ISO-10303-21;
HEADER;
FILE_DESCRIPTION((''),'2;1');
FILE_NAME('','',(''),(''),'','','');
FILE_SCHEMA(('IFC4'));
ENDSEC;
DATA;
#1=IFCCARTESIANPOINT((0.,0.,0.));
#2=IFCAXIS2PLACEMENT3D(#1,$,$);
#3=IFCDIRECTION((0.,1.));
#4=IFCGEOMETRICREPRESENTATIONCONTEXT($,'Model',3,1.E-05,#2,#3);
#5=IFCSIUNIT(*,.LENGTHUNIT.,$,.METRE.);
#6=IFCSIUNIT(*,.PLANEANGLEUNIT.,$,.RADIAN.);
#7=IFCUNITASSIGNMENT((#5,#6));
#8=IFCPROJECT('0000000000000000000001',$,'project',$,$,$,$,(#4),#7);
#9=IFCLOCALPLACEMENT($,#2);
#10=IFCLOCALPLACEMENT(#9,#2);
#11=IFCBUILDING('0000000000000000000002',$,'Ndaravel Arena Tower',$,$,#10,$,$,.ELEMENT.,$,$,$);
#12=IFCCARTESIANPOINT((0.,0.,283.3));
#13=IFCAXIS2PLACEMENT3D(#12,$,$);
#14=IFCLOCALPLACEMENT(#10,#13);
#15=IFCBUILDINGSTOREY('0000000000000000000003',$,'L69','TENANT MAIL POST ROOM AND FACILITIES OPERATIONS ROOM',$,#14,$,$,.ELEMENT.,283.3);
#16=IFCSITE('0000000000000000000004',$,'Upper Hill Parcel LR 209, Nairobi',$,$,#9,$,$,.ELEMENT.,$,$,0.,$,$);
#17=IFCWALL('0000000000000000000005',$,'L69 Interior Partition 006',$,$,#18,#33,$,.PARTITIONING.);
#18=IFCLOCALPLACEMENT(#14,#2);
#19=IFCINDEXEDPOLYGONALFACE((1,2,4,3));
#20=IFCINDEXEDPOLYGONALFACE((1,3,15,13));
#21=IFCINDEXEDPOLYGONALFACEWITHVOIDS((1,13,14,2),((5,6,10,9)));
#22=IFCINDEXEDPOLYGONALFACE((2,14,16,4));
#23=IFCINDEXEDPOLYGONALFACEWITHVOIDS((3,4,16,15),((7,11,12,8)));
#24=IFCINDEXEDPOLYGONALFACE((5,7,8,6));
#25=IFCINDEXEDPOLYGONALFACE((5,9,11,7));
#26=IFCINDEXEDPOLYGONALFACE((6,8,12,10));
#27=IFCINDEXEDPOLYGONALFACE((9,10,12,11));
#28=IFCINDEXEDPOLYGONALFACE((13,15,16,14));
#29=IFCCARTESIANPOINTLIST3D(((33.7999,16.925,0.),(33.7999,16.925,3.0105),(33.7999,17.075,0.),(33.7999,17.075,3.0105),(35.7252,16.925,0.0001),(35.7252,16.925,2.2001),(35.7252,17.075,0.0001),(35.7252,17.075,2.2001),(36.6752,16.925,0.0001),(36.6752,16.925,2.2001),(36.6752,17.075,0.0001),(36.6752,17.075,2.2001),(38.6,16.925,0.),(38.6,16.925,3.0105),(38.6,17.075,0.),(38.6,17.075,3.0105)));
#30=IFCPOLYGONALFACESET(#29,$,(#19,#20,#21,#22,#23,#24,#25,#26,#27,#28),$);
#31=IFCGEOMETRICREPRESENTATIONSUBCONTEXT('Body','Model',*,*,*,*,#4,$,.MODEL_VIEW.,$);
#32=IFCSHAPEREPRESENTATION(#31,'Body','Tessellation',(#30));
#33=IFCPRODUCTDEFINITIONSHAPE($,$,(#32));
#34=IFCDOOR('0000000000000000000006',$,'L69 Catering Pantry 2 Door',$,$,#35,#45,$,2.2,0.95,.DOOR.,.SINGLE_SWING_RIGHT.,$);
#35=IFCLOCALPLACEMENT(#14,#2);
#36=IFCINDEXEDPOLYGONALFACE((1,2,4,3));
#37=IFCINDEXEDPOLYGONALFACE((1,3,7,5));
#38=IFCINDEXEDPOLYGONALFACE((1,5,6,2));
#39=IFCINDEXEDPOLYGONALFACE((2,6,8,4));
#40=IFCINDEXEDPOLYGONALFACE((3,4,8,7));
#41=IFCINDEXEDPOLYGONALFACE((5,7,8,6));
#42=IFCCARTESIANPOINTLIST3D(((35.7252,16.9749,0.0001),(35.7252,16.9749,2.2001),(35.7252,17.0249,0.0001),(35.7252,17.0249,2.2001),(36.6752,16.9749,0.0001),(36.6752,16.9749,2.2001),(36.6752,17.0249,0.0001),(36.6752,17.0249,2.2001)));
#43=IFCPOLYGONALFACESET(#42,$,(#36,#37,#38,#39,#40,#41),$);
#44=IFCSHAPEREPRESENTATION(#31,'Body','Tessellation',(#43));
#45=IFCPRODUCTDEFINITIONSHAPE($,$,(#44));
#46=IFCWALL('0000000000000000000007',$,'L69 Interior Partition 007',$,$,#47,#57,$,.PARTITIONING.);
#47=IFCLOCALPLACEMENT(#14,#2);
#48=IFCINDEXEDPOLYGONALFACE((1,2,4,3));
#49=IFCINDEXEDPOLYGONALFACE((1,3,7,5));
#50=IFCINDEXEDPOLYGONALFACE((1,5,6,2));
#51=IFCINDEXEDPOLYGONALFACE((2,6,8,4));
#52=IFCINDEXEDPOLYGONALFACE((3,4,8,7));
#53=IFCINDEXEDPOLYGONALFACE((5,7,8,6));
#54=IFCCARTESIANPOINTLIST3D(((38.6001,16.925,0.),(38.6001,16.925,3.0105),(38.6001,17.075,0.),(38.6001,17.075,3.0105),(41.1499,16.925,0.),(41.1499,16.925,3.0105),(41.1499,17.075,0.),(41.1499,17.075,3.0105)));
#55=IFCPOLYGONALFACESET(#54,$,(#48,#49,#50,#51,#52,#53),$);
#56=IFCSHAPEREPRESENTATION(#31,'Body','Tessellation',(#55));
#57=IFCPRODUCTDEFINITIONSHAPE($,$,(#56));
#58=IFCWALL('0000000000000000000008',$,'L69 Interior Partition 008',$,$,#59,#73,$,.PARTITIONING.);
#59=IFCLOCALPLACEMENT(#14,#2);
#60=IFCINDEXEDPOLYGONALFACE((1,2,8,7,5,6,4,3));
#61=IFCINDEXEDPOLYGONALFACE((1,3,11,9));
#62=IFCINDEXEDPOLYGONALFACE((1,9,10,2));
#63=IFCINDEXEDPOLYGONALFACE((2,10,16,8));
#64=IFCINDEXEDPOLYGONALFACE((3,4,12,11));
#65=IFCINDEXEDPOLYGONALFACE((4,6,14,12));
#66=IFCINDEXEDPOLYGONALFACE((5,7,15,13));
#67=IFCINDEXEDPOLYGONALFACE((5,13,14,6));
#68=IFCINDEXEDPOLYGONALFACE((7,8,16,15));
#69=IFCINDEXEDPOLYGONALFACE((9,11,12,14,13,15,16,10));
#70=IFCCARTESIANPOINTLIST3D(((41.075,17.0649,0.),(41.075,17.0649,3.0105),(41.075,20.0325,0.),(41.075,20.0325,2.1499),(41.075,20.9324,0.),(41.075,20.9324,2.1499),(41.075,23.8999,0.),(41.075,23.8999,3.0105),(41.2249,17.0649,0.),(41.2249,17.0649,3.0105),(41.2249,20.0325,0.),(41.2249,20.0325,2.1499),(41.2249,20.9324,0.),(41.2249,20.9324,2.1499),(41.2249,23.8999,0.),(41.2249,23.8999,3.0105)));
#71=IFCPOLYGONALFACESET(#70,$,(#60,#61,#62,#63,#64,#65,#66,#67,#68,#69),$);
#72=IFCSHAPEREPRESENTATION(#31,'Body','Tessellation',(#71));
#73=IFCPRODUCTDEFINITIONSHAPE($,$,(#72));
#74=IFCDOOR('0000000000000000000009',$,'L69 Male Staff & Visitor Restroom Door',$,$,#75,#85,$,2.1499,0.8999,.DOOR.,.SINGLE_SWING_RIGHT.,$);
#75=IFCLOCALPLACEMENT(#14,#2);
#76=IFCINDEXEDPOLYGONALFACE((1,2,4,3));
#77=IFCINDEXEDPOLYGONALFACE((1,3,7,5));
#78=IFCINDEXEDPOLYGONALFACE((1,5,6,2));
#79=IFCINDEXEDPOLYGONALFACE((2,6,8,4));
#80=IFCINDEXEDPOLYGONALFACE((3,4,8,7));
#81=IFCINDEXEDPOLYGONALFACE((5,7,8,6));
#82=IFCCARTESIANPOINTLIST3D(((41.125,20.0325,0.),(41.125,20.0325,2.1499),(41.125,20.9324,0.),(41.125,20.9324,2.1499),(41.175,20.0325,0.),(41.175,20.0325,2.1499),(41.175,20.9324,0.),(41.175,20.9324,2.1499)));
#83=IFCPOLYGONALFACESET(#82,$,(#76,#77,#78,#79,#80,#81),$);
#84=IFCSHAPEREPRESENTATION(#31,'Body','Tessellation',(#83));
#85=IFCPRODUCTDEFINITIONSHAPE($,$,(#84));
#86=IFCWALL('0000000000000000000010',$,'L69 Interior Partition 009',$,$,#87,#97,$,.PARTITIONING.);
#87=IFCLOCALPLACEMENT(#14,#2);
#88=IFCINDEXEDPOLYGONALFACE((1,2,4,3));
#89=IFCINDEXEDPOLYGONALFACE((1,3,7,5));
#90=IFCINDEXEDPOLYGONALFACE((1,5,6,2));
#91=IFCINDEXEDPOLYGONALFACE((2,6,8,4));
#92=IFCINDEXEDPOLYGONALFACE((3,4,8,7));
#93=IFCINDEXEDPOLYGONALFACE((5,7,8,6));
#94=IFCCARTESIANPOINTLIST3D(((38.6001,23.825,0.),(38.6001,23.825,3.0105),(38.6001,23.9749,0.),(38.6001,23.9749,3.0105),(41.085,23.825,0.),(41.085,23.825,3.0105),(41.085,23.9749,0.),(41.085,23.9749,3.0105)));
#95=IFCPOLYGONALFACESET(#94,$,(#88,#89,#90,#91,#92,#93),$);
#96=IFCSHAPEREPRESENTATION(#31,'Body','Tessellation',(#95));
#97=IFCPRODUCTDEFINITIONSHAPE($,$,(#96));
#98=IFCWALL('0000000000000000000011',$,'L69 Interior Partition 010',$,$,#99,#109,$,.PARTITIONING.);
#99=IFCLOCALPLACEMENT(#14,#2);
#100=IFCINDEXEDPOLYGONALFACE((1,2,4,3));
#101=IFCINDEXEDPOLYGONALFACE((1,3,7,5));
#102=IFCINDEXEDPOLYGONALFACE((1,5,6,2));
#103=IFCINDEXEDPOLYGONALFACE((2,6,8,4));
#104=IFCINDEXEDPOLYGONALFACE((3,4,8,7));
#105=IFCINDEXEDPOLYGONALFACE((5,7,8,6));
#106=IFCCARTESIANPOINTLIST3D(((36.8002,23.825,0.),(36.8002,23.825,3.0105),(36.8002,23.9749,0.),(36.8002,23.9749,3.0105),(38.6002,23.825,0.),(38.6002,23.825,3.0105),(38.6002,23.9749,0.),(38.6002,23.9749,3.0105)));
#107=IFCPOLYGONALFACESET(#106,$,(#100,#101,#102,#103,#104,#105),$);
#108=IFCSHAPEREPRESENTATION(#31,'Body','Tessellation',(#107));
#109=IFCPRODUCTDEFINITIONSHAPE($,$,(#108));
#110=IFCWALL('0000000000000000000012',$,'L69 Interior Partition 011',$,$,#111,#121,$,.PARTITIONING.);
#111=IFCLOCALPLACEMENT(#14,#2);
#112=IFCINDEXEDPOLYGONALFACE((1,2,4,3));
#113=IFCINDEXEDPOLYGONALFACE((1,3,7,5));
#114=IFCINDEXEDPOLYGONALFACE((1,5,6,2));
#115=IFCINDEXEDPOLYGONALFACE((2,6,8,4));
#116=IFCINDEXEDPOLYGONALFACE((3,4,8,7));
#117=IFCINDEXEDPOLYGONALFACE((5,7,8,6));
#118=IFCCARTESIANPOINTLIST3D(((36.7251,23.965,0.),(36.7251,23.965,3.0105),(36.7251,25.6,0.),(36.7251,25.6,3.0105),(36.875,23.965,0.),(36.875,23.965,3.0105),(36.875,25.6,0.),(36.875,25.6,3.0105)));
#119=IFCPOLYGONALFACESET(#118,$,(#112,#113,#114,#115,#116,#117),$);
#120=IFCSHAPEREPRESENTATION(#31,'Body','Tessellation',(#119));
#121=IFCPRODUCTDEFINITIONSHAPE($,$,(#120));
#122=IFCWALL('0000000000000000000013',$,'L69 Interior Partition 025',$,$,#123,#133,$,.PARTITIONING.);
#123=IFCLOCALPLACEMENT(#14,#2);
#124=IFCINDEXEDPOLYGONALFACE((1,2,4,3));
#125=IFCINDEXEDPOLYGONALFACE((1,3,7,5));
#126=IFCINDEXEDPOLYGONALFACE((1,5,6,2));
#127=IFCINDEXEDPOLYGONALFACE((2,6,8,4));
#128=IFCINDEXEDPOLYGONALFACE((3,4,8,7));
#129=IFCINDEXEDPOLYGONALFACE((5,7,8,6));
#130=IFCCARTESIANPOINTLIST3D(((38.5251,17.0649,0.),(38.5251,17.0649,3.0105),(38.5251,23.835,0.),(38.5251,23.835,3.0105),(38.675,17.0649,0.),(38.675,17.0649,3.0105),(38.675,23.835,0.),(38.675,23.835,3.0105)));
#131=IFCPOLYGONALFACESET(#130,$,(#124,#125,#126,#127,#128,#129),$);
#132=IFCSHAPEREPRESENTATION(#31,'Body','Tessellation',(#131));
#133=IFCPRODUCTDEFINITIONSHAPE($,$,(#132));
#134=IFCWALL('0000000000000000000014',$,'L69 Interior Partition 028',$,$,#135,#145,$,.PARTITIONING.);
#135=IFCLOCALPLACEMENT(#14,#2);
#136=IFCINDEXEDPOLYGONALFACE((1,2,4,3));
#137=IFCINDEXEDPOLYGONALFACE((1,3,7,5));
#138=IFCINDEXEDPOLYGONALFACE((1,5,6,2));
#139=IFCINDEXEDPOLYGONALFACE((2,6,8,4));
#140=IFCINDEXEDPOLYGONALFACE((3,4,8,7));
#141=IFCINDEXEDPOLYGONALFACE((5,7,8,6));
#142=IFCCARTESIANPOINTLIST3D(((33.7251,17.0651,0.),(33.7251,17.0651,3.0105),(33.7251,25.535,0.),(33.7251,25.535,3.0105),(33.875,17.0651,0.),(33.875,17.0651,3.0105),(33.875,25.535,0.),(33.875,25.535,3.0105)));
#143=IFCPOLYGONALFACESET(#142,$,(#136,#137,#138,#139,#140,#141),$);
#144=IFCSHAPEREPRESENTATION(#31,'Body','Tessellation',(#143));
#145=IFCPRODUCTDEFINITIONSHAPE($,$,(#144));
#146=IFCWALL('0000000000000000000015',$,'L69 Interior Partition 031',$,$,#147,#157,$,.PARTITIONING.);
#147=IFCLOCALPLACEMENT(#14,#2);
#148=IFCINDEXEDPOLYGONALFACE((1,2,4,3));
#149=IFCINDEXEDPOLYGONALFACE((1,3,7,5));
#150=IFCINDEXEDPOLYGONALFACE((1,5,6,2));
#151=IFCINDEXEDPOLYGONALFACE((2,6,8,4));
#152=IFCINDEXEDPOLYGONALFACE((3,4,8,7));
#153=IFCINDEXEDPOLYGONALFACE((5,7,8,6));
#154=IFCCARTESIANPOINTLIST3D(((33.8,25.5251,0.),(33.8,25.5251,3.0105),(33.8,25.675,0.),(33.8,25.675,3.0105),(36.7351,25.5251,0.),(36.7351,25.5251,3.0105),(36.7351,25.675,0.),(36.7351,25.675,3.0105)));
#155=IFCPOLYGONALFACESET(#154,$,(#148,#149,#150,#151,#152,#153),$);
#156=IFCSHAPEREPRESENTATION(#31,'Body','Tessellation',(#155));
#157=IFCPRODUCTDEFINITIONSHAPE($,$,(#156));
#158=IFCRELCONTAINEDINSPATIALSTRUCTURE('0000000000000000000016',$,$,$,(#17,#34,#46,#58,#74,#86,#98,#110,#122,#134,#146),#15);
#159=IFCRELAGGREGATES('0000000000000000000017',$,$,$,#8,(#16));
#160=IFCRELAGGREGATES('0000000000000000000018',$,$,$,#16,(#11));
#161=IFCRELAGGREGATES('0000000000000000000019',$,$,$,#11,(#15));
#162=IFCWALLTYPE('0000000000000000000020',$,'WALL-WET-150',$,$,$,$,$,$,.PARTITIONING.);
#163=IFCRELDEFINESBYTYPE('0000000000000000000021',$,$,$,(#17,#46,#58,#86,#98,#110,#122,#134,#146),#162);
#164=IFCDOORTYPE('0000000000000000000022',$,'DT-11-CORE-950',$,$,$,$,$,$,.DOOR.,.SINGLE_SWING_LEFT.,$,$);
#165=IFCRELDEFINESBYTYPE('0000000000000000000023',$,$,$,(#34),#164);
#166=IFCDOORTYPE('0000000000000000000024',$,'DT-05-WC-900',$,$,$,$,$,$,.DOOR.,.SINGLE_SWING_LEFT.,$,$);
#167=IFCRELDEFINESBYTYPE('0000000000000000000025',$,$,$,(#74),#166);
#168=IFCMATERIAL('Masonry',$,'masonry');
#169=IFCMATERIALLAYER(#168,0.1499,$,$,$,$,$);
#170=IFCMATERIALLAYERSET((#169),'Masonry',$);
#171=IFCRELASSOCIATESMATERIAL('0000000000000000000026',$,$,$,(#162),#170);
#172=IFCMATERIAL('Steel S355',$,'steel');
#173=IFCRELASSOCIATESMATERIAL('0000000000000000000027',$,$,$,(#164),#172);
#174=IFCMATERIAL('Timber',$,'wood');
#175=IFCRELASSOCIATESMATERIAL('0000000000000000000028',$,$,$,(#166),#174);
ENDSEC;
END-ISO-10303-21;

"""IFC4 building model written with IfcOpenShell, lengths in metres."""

from ifc_helpers import new_model, si_unit, direction, frame, frame_2d, origin, place, context, subcontext, project, spatial, rectangle, extrude, material, layer, layer_set, type_object, element, fill, save


model = new_model("IFC4")

# Units and contexts
model_context = context("Model", 3, precision=1e-05, world=origin(), true_north=direction((0.0, 1.0)))
body_context = subcontext(model_context, "Body", "Model", "MODEL_VIEW")
ifc_project = project(units=[si_unit("LENGTHUNIT", "METRE"), si_unit("PLANEANGLEUNIT", "RADIAN")], contexts=[model_context])

# Site, building, storey
site_placement = place(None, origin())
site = spatial("IfcSite", under=ifc_project, at=site_placement, Name="Upper Hill Parcel LR 209, Nairobi", CompositionType="ELEMENT", RefElevation=0.0)
building_placement = place(site_placement, origin())
building = spatial("IfcBuilding", under=site, at=building_placement, Name="Ndaravel Arena Tower", CompositionType="ELEMENT")
storey_placement = place(building_placement, frame((0.0, 0.0, 283.3)))
storey = spatial("IfcBuildingStorey", under=building, at=storey_placement, Name="L69", Description="TENANT MAIL POST ROOM AND FACILITIES OPERATIONS ROOM", CompositionType="ELEMENT", Elevation=283.3)

# Wall, opening, door
ifc_material_1 = material(Name="Masonry", Category="masonry")
ifc_layer_1 = layer(ifc_material_1, 0.1499)
ifc_layer_set_1 = layer_set([ifc_layer_1], Name="Masonry")
wall_type_1 = type_object("IfcWallType", Name="WALL-WET-150", PredefinedType="PARTITIONING", material=ifc_layer_set_1)
wall_1_placement = place(storey_placement, frame((33.8, 17.0, 0.0), z_axis=(0.0, 0.0, 1.0), x_axis=(1.0, 0.0, 0.0)))
wall_1 = element("IfcWall", 1, at=wall_1_placement, inside=storey, type_object=wall_type_1, Name="L69 Interior Partition 006", PredefinedType="PARTITIONING", context=body_context, shape_type="SweptSolid", body=[
    extrude(rectangle(XDim=4.8, YDim=0.1499, at=frame_2d((2.3999, 0.0))), origin(), (0.0, 0.0, 1.0), 3.0105),
])
opening_1_placement = place(wall_1_placement, frame((1.925, 0.0, 0.0)))
opening_1 = element("IfcOpeningElement", 2, at=opening_1_placement, cuts=wall_1, PredefinedType="OPENING", context=body_context, shape_type="SweptSolid", body=[
    extrude(rectangle(XDim=0.95, YDim=2.2, at=frame_2d((0.4751, 1.1001))), frame((0.0, 0.075, 0.0), z_axis=(0.0, -1.0, 0.0), x_axis=(1.0, 0.0, 0.0)), (0.0, 0.0, 1.0), 0.1499),
])
ifc_material_2 = material(Name="Steel S355", Category="steel")
door_type_1 = type_object("IfcDoorType", Name="DT-11-CORE-950", OperationType="SINGLE_SWING_LEFT", PredefinedType="DOOR", material=ifc_material_2)
door_1_placement = place(opening_1_placement, origin())
door_1 = element("IfcDoor", 3, at=door_1_placement, inside=storey, type_object=door_type_1, Name="L69 Catering Pantry 2 Door", OperationType="SINGLE_SWING_RIGHT", OverallHeight=2.2, OverallWidth=0.95, PredefinedType="DOOR", context=body_context, shape_type="SweptSolid", body=[
    extrude(rectangle(XDim=0.95, YDim=2.2, at=frame_2d((0.4751, 1.1001))), frame((0.0, 0.0249, 0.0), z_axis=(0.0, -1.0, 0.0), x_axis=(1.0, 0.0, 0.0)), (0.0, 0.0, 1.0), 0.05),
])
fill(opening_1, door_1)

# Wall
wall_2_placement = place(storey_placement, frame((38.6001, 17.0, 0.0), z_axis=(0.0, 0.0, 1.0), x_axis=(1.0, 0.0, 0.0)))
element("IfcWall", 4, at=wall_2_placement, inside=storey, type_object=wall_type_1, Name="L69 Interior Partition 007", PredefinedType="PARTITIONING", context=body_context, shape_type="SweptSolid", body=[
    extrude(rectangle(XDim=2.5498, YDim=0.1499, at=frame_2d((1.2749, 0.0))), origin(), (0.0, 0.0, 1.0), 3.0105),
])

# Wall, opening, door
wall_3_placement = place(storey_placement, frame((41.1499, 17.0649, 0.0), z_axis=(0.0, 0.0, 1.0), x_axis=(0.0, 1.0, 0.0)))
wall_3 = element("IfcWall", 5, at=wall_3_placement, inside=storey, type_object=wall_type_1, Name="L69 Interior Partition 008", PredefinedType="PARTITIONING", context=body_context, shape_type="SweptSolid", body=[
    extrude(rectangle(XDim=6.835, YDim=0.1499, at=frame_2d((3.4175, 0.0))), origin(), (0.0, 0.0, 1.0), 3.0105),
])
opening_2_placement = place(wall_3_placement, frame((2.9675, 0.0, 0.0)))
opening_2 = element("IfcOpeningElement", 6, at=opening_2_placement, cuts=wall_3, PredefinedType="OPENING", context=body_context, shape_type="SweptSolid", body=[
    extrude(rectangle(XDim=0.8999, YDim=2.1499, at=frame_2d((0.45, 1.075))), frame((0.0, 0.075, 0.0), z_axis=(0.0, -1.0, 0.0), x_axis=(1.0, 0.0, 0.0)), (0.0, 0.0, 1.0), 0.1499),
])
ifc_material_3 = material(Name="Timber", Category="wood")
door_type_2 = type_object("IfcDoorType", Name="DT-05-WC-900", OperationType="SINGLE_SWING_LEFT", PredefinedType="DOOR", material=ifc_material_3)
door_2_placement = place(opening_2_placement, origin())
door_2 = element("IfcDoor", 7, at=door_2_placement, inside=storey, type_object=door_type_2, Name="L69 Male Staff & Visitor Restroom Door", OperationType="SINGLE_SWING_RIGHT", OverallHeight=2.1499, OverallWidth=0.8999, PredefinedType="DOOR", context=body_context, shape_type="SweptSolid", body=[
    extrude(rectangle(XDim=0.8999, YDim=2.1499, at=frame_2d((0.45, 1.075))), frame((0.0, 0.0249, 0.0), z_axis=(0.0, -1.0, 0.0), x_axis=(1.0, 0.0, 0.0)), (0.0, 0.0, 1.0), 0.05),
])
fill(opening_2, door_2)

# Walls
wall_4_placement = place(storey_placement, frame((41.085, 23.8999, 0.0), z_axis=(0.0, 0.0, 1.0), x_axis=(-1.0, 0.0, 0.0)))
element("IfcWall", 8, at=wall_4_placement, inside=storey, type_object=wall_type_1, Name="L69 Interior Partition 009", PredefinedType="PARTITIONING", context=body_context, shape_type="SweptSolid", body=[
    extrude(rectangle(XDim=2.4849, YDim=0.1499, at=frame_2d((1.2424, 0.0))), origin(), (0.0, 0.0, 1.0), 3.0105),
])
wall_5_placement = place(storey_placement, frame((38.6001, 23.8999, 0.0), z_axis=(0.0, 0.0, 1.0), x_axis=(-1.0, 0.0, 0.0)))
element("IfcWall", 9, at=wall_5_placement, inside=storey, type_object=wall_type_1, Name="L69 Interior Partition 010", PredefinedType="PARTITIONING", context=body_context, shape_type="SweptSolid", body=[
    extrude(rectangle(XDim=1.8, YDim=0.1499, at=frame_2d((0.8999, 0.0))), origin(), (0.0, 0.0, 1.0), 3.0105),
])
wall_6_placement = place(storey_placement, frame((36.8, 23.9651, 0.0), z_axis=(0.0, 0.0, 1.0), x_axis=(0.0, 1.0, 0.0)))
element("IfcWall", 10, at=wall_6_placement, inside=storey, type_object=wall_type_1, Name="L69 Interior Partition 011", PredefinedType="PARTITIONING", context=body_context, shape_type="SweptSolid", body=[
    extrude(rectangle(XDim=1.635, YDim=0.1499, at=frame_2d((0.8174, 0.0))), origin(), (0.0, 0.0, 1.0), 3.0105),
])
wall_7_placement = place(storey_placement, frame((38.6001, 17.0649, 0.0), z_axis=(0.0, 0.0, 1.0), x_axis=(0.0, 1.0, 0.0)))
element("IfcWall", 11, at=wall_7_placement, inside=storey, type_object=wall_type_1, Name="L69 Interior Partition 025", PredefinedType="PARTITIONING", context=body_context, shape_type="SweptSolid", body=[
    extrude(rectangle(XDim=6.77, YDim=0.1499, at=frame_2d((3.385, 0.0))), origin(), (0.0, 0.0, 1.0), 3.0105),
])
wall_8_placement = place(storey_placement, frame((33.8, 25.5349, 0.0), z_axis=(0.0, 0.0, 1.0), x_axis=(0.0, -1.0, 0.0)))
element("IfcWall", 12, at=wall_8_placement, inside=storey, type_object=wall_type_1, Name="L69 Interior Partition 028", PredefinedType="PARTITIONING", context=body_context, shape_type="SweptSolid", body=[
    extrude(rectangle(XDim=8.47, YDim=0.1499, at=frame_2d((4.2349, 0.0))), origin(), (0.0, 0.0, 1.0), 3.0105),
])
wall_9_placement = place(storey_placement, frame((33.8, 25.6001, 0.0), z_axis=(0.0, 0.0, 1.0), x_axis=(1.0, 0.0, 0.0)))
element("IfcWall", 13, at=wall_9_placement, inside=storey, type_object=wall_type_1, Name="L69 Interior Partition 031", PredefinedType="PARTITIONING", context=body_context, shape_type="SweptSolid", body=[
    extrude(rectangle(XDim=2.9351, YDim=0.1499, at=frame_2d((1.4675, 0.0))), origin(), (0.0, 0.0, 1.0), 3.0105),
])

save(model, "model.ifc")
